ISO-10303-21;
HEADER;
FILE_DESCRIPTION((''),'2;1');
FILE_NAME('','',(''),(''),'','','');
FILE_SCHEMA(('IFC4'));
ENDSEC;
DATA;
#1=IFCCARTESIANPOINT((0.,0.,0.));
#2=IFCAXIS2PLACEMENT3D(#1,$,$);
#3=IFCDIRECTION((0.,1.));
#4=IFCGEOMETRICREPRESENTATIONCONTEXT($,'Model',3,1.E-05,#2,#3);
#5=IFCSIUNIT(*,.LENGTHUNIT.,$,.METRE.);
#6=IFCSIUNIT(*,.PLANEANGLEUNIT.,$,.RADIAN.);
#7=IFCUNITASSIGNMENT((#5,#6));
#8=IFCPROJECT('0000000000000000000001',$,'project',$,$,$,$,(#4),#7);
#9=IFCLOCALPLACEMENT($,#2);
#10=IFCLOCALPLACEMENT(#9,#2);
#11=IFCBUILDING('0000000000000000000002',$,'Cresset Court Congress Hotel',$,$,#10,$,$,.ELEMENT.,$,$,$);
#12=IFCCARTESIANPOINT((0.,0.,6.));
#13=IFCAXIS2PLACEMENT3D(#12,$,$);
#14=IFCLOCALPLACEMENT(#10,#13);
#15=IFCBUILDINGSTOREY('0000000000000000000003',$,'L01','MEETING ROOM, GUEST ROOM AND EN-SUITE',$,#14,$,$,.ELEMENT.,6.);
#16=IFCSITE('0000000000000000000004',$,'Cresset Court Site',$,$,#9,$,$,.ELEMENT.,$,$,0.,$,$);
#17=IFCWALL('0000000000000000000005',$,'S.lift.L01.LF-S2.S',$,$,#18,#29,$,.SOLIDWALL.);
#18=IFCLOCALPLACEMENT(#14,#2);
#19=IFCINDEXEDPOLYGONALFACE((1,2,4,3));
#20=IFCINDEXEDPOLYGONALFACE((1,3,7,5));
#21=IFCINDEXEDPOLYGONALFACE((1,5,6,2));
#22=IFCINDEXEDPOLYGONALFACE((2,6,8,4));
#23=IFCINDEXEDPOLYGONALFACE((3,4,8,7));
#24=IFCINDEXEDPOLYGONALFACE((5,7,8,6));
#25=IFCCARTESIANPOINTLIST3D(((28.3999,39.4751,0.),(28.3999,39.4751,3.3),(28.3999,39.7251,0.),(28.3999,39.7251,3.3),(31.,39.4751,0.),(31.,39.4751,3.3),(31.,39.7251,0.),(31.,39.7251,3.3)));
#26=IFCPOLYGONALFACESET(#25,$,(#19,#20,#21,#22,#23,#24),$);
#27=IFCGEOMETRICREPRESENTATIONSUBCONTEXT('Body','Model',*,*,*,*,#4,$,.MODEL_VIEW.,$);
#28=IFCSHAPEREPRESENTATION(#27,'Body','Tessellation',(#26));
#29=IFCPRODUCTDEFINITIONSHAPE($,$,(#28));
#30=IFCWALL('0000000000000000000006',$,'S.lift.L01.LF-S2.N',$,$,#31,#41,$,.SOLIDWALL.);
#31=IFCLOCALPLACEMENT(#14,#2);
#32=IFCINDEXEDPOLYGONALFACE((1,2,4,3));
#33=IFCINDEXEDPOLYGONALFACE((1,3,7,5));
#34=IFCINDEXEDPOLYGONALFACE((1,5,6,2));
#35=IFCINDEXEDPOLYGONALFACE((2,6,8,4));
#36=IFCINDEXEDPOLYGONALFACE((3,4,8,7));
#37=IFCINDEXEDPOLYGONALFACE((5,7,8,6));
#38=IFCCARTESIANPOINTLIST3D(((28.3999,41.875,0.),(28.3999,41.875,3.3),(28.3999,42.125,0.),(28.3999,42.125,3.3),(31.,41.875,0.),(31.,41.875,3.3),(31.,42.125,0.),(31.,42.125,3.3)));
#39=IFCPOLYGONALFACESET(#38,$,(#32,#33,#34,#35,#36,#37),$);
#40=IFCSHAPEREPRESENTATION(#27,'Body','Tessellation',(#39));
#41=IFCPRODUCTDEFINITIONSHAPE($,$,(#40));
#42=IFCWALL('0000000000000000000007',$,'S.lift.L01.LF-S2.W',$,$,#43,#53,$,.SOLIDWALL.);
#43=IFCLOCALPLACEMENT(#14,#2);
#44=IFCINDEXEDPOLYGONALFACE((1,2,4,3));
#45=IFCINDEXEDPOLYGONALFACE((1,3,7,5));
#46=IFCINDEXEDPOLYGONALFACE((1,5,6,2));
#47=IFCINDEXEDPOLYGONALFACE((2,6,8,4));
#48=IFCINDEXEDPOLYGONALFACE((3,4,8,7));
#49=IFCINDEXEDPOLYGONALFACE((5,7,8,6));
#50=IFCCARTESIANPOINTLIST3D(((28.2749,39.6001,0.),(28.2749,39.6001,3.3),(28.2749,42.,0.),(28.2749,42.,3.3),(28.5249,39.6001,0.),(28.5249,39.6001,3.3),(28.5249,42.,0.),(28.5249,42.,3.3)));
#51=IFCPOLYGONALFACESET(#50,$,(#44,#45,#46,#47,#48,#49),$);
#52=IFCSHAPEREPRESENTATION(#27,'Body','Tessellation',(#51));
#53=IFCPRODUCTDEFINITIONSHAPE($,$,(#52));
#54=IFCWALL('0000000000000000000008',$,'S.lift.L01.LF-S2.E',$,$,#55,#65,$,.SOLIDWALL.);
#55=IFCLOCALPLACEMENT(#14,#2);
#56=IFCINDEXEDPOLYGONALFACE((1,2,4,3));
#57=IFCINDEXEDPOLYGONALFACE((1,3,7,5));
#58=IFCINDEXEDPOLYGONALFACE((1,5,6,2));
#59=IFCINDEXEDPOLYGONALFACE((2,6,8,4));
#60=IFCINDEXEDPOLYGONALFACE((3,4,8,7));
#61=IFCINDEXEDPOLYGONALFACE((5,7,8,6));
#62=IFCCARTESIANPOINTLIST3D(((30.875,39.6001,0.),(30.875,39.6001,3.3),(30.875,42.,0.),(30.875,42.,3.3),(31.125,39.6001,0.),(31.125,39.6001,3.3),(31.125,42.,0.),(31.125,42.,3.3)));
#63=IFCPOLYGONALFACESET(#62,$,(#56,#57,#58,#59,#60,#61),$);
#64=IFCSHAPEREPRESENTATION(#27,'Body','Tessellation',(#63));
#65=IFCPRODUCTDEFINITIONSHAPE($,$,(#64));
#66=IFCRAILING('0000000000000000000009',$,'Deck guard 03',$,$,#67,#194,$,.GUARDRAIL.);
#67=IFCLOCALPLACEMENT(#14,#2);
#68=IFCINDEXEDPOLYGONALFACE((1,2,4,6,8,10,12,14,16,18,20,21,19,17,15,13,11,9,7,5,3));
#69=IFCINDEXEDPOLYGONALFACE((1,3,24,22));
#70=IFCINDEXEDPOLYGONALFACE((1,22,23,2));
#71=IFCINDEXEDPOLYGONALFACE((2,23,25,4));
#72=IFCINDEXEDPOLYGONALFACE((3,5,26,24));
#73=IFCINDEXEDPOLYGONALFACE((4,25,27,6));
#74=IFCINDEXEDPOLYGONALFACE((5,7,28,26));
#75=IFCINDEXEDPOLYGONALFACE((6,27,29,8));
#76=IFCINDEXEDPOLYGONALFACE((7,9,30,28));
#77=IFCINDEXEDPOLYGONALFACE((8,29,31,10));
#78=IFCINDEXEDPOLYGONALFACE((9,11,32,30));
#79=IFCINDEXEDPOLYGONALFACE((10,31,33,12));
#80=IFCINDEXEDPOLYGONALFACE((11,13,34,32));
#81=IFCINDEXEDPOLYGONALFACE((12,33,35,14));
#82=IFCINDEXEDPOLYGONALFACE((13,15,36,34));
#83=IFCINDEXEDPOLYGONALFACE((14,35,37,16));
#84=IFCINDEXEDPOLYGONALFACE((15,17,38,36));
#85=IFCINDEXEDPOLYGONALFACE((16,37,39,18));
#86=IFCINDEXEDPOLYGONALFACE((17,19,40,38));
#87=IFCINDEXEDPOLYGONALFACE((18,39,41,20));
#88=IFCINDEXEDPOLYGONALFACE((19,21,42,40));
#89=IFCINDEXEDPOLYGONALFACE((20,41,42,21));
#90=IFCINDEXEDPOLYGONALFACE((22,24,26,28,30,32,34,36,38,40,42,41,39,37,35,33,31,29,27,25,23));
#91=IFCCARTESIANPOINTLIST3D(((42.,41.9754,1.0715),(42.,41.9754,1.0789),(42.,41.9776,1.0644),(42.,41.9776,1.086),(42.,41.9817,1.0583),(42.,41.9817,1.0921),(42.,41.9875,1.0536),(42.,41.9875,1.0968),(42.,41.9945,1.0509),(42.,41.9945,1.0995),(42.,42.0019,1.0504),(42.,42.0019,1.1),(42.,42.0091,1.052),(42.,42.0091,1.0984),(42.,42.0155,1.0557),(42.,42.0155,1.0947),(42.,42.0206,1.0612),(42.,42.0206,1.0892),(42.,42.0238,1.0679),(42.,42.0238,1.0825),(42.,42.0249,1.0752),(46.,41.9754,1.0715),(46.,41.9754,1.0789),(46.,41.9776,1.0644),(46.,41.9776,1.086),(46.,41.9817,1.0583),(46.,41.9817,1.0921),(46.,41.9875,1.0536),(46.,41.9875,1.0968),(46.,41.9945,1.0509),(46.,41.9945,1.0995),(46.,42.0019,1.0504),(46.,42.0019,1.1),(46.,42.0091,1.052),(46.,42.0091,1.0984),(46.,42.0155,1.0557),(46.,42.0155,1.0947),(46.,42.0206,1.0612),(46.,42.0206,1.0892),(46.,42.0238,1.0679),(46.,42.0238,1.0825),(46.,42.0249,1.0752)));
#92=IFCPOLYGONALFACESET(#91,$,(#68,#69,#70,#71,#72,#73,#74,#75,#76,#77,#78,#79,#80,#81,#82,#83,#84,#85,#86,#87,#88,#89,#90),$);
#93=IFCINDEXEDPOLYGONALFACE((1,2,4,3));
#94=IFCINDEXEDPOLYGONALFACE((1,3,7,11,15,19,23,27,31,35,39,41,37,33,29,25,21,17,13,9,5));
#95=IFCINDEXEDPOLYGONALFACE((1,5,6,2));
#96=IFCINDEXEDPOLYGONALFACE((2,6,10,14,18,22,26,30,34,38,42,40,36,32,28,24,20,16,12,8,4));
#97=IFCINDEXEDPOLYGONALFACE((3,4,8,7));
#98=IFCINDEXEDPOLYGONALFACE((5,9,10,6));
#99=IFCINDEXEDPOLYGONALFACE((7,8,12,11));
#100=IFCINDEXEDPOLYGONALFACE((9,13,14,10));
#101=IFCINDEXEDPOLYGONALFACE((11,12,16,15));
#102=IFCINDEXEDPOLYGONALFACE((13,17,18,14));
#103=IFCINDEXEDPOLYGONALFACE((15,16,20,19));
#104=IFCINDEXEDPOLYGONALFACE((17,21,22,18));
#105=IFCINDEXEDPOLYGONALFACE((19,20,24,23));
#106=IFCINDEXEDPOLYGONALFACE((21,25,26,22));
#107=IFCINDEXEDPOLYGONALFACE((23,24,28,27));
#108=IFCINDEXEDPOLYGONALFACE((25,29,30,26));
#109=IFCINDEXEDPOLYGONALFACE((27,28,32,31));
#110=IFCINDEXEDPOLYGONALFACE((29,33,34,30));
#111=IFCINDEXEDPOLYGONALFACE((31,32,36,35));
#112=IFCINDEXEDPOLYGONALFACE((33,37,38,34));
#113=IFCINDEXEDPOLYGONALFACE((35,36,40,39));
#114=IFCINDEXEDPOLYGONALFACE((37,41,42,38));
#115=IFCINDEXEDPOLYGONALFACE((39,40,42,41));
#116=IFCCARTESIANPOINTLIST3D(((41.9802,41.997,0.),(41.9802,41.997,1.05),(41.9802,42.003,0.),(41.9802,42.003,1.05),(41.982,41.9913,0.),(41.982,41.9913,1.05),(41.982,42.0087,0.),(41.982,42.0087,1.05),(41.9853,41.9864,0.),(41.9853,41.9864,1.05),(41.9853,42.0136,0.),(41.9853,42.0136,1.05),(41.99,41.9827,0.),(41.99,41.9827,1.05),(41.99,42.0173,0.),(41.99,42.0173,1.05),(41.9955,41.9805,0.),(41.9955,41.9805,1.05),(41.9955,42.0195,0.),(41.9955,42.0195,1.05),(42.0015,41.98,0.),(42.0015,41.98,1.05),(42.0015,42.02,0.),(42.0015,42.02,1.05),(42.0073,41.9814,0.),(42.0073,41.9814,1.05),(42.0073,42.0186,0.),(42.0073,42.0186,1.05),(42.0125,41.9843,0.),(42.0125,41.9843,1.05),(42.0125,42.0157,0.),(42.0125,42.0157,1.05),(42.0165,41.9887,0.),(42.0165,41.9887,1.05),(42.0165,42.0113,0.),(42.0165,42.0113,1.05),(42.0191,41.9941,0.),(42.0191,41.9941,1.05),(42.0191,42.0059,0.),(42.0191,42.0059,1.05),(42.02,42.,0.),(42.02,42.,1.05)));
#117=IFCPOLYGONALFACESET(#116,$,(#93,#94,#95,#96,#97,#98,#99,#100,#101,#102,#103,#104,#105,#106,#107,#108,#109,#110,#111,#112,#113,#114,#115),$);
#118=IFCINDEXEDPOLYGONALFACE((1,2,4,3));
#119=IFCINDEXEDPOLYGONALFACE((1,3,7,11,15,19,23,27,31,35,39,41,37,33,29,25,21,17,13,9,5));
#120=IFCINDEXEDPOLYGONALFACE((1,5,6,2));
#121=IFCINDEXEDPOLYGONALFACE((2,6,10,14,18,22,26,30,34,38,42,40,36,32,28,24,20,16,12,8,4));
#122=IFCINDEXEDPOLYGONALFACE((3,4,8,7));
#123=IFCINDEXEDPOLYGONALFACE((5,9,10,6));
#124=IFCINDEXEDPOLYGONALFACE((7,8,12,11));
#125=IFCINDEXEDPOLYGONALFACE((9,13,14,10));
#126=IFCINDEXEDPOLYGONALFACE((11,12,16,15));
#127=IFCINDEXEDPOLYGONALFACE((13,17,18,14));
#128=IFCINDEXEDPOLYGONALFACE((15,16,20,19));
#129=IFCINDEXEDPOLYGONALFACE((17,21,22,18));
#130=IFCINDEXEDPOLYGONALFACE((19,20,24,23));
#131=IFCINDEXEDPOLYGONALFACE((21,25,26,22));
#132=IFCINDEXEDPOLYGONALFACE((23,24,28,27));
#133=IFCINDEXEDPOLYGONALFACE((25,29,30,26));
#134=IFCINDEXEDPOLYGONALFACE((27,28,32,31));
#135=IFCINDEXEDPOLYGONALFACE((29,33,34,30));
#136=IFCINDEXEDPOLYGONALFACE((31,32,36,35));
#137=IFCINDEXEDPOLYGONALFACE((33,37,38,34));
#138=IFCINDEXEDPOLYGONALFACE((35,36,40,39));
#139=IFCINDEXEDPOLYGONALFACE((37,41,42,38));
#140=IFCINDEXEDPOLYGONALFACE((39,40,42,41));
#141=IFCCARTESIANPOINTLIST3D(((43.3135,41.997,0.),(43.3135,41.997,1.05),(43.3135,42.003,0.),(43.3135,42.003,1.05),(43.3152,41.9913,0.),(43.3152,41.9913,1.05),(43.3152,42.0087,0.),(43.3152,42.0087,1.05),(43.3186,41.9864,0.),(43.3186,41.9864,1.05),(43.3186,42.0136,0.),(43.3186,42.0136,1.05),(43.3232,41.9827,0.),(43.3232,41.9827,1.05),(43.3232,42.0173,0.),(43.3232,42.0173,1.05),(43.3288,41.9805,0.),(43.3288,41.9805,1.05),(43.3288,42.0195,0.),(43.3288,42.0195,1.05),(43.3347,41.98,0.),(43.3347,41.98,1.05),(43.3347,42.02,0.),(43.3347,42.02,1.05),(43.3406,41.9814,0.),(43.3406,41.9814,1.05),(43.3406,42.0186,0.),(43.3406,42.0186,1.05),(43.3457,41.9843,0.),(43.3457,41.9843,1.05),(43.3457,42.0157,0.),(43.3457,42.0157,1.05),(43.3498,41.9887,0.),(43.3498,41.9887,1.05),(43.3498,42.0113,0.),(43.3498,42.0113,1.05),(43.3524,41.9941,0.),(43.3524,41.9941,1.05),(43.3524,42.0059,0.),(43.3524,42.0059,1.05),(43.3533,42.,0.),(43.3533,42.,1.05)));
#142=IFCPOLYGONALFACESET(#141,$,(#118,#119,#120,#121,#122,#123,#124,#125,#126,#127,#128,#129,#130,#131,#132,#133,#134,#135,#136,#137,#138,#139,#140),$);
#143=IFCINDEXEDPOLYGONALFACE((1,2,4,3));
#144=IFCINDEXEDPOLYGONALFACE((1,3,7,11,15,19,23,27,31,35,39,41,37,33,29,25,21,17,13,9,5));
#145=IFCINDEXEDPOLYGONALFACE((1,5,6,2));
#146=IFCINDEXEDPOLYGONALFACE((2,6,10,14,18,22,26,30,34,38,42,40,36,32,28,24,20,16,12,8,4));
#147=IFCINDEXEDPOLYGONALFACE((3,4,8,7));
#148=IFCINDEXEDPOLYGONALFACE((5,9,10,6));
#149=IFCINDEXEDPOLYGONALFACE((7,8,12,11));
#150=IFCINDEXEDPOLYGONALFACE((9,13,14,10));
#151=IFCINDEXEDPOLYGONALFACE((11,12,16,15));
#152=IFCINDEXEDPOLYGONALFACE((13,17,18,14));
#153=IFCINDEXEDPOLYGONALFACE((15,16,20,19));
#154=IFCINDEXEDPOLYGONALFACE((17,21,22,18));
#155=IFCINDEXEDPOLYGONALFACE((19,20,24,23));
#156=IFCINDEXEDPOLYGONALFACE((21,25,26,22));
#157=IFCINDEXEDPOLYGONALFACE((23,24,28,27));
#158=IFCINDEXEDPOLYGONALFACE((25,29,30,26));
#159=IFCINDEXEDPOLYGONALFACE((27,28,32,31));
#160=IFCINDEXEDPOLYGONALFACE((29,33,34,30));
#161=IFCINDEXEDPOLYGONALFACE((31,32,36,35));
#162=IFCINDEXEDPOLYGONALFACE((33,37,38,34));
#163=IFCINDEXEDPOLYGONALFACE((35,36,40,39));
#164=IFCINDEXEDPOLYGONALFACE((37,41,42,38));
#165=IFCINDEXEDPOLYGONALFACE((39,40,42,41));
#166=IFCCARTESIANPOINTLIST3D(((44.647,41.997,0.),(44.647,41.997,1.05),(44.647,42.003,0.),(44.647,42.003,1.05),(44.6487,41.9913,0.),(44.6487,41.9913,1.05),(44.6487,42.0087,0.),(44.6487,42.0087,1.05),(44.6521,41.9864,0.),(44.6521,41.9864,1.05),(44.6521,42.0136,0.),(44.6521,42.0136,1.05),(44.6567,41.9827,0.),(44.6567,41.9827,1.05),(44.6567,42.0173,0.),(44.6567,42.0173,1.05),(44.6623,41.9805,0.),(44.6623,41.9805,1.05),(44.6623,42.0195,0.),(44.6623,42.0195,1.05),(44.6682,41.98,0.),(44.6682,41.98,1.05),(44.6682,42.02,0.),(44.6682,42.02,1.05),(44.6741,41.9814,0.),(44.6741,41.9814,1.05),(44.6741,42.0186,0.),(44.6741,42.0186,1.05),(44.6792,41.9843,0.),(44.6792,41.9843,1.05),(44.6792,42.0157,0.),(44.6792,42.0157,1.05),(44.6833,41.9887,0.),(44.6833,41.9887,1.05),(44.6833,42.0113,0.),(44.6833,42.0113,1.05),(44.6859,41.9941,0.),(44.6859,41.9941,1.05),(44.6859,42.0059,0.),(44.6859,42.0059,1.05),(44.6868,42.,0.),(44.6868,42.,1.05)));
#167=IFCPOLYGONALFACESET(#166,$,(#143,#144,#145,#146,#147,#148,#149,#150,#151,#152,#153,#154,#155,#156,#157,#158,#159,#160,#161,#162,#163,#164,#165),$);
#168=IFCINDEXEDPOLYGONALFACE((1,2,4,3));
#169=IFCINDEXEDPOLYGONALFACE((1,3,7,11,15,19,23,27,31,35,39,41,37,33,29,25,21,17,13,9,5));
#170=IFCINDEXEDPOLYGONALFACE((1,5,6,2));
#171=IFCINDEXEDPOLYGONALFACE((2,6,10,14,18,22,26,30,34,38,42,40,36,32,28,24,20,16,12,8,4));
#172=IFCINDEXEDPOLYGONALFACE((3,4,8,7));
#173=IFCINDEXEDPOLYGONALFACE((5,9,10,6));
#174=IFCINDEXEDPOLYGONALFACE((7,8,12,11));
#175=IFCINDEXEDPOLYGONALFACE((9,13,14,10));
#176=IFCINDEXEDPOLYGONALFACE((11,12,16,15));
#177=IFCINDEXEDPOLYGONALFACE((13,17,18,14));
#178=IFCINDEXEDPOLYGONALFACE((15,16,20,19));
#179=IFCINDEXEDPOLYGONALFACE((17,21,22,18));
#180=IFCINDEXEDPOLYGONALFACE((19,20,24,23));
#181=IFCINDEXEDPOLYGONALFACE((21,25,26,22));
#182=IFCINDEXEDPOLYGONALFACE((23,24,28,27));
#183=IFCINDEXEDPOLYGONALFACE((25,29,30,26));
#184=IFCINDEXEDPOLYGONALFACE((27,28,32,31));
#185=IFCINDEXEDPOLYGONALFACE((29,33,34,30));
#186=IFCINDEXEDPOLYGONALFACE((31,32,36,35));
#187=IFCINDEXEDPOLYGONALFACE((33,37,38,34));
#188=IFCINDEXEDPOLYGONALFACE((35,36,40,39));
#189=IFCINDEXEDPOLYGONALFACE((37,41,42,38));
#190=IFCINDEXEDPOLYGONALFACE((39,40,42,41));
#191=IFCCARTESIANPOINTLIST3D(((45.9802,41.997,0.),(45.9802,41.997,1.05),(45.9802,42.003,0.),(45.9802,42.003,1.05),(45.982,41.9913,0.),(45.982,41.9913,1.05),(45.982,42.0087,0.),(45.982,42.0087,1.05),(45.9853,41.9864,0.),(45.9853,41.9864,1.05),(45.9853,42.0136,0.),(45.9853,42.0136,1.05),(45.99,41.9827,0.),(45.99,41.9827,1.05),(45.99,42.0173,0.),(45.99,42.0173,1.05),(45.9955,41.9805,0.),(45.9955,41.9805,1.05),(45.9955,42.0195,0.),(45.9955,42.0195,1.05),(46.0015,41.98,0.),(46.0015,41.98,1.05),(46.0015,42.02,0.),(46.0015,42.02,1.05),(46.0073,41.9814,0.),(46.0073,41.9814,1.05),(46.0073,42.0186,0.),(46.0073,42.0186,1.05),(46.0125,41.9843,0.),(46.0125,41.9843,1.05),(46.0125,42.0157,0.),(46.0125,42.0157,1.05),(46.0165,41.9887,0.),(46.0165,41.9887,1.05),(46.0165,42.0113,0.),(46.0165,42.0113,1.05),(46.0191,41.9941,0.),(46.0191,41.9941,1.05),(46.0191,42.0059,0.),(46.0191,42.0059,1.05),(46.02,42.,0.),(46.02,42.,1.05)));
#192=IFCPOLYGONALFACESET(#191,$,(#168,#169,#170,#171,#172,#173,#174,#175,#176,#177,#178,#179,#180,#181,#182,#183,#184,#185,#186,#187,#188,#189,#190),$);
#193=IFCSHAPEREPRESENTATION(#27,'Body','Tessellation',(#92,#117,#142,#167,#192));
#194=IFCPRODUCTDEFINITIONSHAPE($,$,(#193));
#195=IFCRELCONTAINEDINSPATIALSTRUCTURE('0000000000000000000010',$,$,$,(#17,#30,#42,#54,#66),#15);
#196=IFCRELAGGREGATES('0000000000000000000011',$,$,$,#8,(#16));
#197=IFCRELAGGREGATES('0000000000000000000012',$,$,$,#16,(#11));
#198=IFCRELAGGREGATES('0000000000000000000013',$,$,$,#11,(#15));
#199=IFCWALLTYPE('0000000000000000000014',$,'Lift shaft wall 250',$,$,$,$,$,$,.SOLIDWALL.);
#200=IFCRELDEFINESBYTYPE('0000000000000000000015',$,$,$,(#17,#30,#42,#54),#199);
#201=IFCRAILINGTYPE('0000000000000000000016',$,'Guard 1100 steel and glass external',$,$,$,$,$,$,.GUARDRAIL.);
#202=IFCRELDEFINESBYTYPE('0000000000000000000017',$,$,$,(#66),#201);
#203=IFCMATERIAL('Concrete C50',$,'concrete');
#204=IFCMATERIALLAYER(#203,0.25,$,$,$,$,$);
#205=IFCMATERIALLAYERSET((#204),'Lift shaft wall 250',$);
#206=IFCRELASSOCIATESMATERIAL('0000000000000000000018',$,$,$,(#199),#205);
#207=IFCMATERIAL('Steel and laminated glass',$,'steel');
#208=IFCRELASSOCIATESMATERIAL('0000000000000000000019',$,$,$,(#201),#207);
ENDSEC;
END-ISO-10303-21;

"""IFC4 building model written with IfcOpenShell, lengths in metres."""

from ifc_helpers import new_model, si_unit, direction, frame, frame_2d, origin, origin_2d, place, context, subcontext, project, spatial, rectangle, circle, extrude, material, layer, layer_set, type_object, element, save


model = new_model("IFC4")

# Units and contexts
model_context = context("Model", 3, precision=1e-05, world=origin(), true_north=direction((0.0, 1.0)))
body_context = subcontext(model_context, "Body", "Model", "MODEL_VIEW")
ifc_project = project(units=[si_unit("LENGTHUNIT", "METRE"), si_unit("PLANEANGLEUNIT", "RADIAN")], contexts=[model_context])

# Site, building, storey
site_placement = place(None, origin())
site = spatial("IfcSite", under=ifc_project, at=site_placement, Name="Cresset Court Site", CompositionType="ELEMENT", RefElevation=0.0)
building_placement = place(site_placement, origin())
building = spatial("IfcBuilding", under=site, at=building_placement, Name="Cresset Court Congress Hotel", CompositionType="ELEMENT")
storey_placement = place(building_placement, frame((0.0, 0.0, 6.0)))
storey = spatial("IfcBuildingStorey", under=building, at=storey_placement, Name="L01", Description="MEETING ROOM, GUEST ROOM AND EN-SUITE", CompositionType="ELEMENT", Elevation=6.0)

# Walls
ifc_material_1 = material(Name="Concrete C50", Category="concrete")
ifc_layer = layer(ifc_material_1, 0.25)
ifc_layer_set = layer_set([ifc_layer], Name="Lift shaft wall 250")
wall_type = type_object("IfcWallType", Name="Lift shaft wall 250", PredefinedType="SOLIDWALL", material=ifc_layer_set)
for number, where, z_axis, x_axis, name in (
    (1, (28.3999, 39.6001, 0.0), (0.0, 0.0, 1.0), (1.0, 0.0, 0.0), "S.lift.L01.LF-S2.S"),
    (2, (28.3999, 42.0, 0.0), (0.0, 0.0, 1.0), (1.0, 0.0, 0.0), "S.lift.L01.LF-S2.N"),
):
    element("IfcWall", number, at=place(storey_placement, frame(where, z_axis=z_axis, x_axis=x_axis)), inside=storey, type_object=wall_type, Name=name, PredefinedType="SOLIDWALL", context=body_context, shape_type="SweptSolid", body=[
        extrude(rectangle(XDim=2.6001, YDim=0.25, at=frame_2d((1.3, 0.0))), origin(), (0.0, 0.0, 1.0), 3.3),
    ])
for number, where, z_axis, x_axis, name in (
    (3, (28.3999, 39.6001, 0.0), (0.0, 0.0, 1.0), (0.0, 1.0, 0.0), "S.lift.L01.LF-S2.W"),
    (4, (31.0, 39.6001, 0.0), (0.0, 0.0, 1.0), (0.0, 1.0, 0.0), "S.lift.L01.LF-S2.E"),
):
    element("IfcWall", number, at=place(storey_placement, frame(where, z_axis=z_axis, x_axis=x_axis)), inside=storey, type_object=wall_type, Name=name, PredefinedType="SOLIDWALL", context=body_context, shape_type="SweptSolid", body=[
        extrude(rectangle(XDim=2.3999, YDim=0.25, at=frame_2d((1.2, 0.0))), origin(), (0.0, 0.0, 1.0), 3.3),
    ])

# Railing
ifc_material_2 = material(Name="Steel and laminated glass", Category="steel")
railing_type = type_object("IfcRailingType", Name="Guard 1100 steel and glass external", PredefinedType="GUARDRAIL", material=ifc_material_2)
railing_1_placement = place(storey_placement, frame((42.0, 42.0, 0.0)))
element("IfcRailing", 5, at=railing_1_placement, inside=storey, type_object=railing_type, Name="Deck guard 03", PredefinedType="GUARDRAIL", context=body_context, shape_type="SweptSolid", body=[
    extrude(circle(Radius=0.0249, at=origin_2d()), frame((0.0, 0.0, 1.0752), z_axis=(1.0, 0.0, 0.0), x_axis=(0.0, 1.0, 0.0)), (0.0, 0.0, 1.0), 4.0),
    extrude(circle(Radius=0.02, at=origin_2d()), origin(), (0.0, 0.0, 1.0), 1.05),
    extrude(circle(Radius=0.02, at=origin_2d()), frame((1.3333, 0.0, 0.0)), (0.0, 0.0, 1.0), 1.05),
    extrude(circle(Radius=0.02, at=origin_2d()), frame((2.6667, 0.0, 0.0)), (0.0, 0.0, 1.0), 1.05),
    extrude(circle(Radius=0.02, at=origin_2d()), frame((4.0, 0.0, 0.0)), (0.0, 0.0, 1.0), 1.05),
])

save(model, "model.ifc")
